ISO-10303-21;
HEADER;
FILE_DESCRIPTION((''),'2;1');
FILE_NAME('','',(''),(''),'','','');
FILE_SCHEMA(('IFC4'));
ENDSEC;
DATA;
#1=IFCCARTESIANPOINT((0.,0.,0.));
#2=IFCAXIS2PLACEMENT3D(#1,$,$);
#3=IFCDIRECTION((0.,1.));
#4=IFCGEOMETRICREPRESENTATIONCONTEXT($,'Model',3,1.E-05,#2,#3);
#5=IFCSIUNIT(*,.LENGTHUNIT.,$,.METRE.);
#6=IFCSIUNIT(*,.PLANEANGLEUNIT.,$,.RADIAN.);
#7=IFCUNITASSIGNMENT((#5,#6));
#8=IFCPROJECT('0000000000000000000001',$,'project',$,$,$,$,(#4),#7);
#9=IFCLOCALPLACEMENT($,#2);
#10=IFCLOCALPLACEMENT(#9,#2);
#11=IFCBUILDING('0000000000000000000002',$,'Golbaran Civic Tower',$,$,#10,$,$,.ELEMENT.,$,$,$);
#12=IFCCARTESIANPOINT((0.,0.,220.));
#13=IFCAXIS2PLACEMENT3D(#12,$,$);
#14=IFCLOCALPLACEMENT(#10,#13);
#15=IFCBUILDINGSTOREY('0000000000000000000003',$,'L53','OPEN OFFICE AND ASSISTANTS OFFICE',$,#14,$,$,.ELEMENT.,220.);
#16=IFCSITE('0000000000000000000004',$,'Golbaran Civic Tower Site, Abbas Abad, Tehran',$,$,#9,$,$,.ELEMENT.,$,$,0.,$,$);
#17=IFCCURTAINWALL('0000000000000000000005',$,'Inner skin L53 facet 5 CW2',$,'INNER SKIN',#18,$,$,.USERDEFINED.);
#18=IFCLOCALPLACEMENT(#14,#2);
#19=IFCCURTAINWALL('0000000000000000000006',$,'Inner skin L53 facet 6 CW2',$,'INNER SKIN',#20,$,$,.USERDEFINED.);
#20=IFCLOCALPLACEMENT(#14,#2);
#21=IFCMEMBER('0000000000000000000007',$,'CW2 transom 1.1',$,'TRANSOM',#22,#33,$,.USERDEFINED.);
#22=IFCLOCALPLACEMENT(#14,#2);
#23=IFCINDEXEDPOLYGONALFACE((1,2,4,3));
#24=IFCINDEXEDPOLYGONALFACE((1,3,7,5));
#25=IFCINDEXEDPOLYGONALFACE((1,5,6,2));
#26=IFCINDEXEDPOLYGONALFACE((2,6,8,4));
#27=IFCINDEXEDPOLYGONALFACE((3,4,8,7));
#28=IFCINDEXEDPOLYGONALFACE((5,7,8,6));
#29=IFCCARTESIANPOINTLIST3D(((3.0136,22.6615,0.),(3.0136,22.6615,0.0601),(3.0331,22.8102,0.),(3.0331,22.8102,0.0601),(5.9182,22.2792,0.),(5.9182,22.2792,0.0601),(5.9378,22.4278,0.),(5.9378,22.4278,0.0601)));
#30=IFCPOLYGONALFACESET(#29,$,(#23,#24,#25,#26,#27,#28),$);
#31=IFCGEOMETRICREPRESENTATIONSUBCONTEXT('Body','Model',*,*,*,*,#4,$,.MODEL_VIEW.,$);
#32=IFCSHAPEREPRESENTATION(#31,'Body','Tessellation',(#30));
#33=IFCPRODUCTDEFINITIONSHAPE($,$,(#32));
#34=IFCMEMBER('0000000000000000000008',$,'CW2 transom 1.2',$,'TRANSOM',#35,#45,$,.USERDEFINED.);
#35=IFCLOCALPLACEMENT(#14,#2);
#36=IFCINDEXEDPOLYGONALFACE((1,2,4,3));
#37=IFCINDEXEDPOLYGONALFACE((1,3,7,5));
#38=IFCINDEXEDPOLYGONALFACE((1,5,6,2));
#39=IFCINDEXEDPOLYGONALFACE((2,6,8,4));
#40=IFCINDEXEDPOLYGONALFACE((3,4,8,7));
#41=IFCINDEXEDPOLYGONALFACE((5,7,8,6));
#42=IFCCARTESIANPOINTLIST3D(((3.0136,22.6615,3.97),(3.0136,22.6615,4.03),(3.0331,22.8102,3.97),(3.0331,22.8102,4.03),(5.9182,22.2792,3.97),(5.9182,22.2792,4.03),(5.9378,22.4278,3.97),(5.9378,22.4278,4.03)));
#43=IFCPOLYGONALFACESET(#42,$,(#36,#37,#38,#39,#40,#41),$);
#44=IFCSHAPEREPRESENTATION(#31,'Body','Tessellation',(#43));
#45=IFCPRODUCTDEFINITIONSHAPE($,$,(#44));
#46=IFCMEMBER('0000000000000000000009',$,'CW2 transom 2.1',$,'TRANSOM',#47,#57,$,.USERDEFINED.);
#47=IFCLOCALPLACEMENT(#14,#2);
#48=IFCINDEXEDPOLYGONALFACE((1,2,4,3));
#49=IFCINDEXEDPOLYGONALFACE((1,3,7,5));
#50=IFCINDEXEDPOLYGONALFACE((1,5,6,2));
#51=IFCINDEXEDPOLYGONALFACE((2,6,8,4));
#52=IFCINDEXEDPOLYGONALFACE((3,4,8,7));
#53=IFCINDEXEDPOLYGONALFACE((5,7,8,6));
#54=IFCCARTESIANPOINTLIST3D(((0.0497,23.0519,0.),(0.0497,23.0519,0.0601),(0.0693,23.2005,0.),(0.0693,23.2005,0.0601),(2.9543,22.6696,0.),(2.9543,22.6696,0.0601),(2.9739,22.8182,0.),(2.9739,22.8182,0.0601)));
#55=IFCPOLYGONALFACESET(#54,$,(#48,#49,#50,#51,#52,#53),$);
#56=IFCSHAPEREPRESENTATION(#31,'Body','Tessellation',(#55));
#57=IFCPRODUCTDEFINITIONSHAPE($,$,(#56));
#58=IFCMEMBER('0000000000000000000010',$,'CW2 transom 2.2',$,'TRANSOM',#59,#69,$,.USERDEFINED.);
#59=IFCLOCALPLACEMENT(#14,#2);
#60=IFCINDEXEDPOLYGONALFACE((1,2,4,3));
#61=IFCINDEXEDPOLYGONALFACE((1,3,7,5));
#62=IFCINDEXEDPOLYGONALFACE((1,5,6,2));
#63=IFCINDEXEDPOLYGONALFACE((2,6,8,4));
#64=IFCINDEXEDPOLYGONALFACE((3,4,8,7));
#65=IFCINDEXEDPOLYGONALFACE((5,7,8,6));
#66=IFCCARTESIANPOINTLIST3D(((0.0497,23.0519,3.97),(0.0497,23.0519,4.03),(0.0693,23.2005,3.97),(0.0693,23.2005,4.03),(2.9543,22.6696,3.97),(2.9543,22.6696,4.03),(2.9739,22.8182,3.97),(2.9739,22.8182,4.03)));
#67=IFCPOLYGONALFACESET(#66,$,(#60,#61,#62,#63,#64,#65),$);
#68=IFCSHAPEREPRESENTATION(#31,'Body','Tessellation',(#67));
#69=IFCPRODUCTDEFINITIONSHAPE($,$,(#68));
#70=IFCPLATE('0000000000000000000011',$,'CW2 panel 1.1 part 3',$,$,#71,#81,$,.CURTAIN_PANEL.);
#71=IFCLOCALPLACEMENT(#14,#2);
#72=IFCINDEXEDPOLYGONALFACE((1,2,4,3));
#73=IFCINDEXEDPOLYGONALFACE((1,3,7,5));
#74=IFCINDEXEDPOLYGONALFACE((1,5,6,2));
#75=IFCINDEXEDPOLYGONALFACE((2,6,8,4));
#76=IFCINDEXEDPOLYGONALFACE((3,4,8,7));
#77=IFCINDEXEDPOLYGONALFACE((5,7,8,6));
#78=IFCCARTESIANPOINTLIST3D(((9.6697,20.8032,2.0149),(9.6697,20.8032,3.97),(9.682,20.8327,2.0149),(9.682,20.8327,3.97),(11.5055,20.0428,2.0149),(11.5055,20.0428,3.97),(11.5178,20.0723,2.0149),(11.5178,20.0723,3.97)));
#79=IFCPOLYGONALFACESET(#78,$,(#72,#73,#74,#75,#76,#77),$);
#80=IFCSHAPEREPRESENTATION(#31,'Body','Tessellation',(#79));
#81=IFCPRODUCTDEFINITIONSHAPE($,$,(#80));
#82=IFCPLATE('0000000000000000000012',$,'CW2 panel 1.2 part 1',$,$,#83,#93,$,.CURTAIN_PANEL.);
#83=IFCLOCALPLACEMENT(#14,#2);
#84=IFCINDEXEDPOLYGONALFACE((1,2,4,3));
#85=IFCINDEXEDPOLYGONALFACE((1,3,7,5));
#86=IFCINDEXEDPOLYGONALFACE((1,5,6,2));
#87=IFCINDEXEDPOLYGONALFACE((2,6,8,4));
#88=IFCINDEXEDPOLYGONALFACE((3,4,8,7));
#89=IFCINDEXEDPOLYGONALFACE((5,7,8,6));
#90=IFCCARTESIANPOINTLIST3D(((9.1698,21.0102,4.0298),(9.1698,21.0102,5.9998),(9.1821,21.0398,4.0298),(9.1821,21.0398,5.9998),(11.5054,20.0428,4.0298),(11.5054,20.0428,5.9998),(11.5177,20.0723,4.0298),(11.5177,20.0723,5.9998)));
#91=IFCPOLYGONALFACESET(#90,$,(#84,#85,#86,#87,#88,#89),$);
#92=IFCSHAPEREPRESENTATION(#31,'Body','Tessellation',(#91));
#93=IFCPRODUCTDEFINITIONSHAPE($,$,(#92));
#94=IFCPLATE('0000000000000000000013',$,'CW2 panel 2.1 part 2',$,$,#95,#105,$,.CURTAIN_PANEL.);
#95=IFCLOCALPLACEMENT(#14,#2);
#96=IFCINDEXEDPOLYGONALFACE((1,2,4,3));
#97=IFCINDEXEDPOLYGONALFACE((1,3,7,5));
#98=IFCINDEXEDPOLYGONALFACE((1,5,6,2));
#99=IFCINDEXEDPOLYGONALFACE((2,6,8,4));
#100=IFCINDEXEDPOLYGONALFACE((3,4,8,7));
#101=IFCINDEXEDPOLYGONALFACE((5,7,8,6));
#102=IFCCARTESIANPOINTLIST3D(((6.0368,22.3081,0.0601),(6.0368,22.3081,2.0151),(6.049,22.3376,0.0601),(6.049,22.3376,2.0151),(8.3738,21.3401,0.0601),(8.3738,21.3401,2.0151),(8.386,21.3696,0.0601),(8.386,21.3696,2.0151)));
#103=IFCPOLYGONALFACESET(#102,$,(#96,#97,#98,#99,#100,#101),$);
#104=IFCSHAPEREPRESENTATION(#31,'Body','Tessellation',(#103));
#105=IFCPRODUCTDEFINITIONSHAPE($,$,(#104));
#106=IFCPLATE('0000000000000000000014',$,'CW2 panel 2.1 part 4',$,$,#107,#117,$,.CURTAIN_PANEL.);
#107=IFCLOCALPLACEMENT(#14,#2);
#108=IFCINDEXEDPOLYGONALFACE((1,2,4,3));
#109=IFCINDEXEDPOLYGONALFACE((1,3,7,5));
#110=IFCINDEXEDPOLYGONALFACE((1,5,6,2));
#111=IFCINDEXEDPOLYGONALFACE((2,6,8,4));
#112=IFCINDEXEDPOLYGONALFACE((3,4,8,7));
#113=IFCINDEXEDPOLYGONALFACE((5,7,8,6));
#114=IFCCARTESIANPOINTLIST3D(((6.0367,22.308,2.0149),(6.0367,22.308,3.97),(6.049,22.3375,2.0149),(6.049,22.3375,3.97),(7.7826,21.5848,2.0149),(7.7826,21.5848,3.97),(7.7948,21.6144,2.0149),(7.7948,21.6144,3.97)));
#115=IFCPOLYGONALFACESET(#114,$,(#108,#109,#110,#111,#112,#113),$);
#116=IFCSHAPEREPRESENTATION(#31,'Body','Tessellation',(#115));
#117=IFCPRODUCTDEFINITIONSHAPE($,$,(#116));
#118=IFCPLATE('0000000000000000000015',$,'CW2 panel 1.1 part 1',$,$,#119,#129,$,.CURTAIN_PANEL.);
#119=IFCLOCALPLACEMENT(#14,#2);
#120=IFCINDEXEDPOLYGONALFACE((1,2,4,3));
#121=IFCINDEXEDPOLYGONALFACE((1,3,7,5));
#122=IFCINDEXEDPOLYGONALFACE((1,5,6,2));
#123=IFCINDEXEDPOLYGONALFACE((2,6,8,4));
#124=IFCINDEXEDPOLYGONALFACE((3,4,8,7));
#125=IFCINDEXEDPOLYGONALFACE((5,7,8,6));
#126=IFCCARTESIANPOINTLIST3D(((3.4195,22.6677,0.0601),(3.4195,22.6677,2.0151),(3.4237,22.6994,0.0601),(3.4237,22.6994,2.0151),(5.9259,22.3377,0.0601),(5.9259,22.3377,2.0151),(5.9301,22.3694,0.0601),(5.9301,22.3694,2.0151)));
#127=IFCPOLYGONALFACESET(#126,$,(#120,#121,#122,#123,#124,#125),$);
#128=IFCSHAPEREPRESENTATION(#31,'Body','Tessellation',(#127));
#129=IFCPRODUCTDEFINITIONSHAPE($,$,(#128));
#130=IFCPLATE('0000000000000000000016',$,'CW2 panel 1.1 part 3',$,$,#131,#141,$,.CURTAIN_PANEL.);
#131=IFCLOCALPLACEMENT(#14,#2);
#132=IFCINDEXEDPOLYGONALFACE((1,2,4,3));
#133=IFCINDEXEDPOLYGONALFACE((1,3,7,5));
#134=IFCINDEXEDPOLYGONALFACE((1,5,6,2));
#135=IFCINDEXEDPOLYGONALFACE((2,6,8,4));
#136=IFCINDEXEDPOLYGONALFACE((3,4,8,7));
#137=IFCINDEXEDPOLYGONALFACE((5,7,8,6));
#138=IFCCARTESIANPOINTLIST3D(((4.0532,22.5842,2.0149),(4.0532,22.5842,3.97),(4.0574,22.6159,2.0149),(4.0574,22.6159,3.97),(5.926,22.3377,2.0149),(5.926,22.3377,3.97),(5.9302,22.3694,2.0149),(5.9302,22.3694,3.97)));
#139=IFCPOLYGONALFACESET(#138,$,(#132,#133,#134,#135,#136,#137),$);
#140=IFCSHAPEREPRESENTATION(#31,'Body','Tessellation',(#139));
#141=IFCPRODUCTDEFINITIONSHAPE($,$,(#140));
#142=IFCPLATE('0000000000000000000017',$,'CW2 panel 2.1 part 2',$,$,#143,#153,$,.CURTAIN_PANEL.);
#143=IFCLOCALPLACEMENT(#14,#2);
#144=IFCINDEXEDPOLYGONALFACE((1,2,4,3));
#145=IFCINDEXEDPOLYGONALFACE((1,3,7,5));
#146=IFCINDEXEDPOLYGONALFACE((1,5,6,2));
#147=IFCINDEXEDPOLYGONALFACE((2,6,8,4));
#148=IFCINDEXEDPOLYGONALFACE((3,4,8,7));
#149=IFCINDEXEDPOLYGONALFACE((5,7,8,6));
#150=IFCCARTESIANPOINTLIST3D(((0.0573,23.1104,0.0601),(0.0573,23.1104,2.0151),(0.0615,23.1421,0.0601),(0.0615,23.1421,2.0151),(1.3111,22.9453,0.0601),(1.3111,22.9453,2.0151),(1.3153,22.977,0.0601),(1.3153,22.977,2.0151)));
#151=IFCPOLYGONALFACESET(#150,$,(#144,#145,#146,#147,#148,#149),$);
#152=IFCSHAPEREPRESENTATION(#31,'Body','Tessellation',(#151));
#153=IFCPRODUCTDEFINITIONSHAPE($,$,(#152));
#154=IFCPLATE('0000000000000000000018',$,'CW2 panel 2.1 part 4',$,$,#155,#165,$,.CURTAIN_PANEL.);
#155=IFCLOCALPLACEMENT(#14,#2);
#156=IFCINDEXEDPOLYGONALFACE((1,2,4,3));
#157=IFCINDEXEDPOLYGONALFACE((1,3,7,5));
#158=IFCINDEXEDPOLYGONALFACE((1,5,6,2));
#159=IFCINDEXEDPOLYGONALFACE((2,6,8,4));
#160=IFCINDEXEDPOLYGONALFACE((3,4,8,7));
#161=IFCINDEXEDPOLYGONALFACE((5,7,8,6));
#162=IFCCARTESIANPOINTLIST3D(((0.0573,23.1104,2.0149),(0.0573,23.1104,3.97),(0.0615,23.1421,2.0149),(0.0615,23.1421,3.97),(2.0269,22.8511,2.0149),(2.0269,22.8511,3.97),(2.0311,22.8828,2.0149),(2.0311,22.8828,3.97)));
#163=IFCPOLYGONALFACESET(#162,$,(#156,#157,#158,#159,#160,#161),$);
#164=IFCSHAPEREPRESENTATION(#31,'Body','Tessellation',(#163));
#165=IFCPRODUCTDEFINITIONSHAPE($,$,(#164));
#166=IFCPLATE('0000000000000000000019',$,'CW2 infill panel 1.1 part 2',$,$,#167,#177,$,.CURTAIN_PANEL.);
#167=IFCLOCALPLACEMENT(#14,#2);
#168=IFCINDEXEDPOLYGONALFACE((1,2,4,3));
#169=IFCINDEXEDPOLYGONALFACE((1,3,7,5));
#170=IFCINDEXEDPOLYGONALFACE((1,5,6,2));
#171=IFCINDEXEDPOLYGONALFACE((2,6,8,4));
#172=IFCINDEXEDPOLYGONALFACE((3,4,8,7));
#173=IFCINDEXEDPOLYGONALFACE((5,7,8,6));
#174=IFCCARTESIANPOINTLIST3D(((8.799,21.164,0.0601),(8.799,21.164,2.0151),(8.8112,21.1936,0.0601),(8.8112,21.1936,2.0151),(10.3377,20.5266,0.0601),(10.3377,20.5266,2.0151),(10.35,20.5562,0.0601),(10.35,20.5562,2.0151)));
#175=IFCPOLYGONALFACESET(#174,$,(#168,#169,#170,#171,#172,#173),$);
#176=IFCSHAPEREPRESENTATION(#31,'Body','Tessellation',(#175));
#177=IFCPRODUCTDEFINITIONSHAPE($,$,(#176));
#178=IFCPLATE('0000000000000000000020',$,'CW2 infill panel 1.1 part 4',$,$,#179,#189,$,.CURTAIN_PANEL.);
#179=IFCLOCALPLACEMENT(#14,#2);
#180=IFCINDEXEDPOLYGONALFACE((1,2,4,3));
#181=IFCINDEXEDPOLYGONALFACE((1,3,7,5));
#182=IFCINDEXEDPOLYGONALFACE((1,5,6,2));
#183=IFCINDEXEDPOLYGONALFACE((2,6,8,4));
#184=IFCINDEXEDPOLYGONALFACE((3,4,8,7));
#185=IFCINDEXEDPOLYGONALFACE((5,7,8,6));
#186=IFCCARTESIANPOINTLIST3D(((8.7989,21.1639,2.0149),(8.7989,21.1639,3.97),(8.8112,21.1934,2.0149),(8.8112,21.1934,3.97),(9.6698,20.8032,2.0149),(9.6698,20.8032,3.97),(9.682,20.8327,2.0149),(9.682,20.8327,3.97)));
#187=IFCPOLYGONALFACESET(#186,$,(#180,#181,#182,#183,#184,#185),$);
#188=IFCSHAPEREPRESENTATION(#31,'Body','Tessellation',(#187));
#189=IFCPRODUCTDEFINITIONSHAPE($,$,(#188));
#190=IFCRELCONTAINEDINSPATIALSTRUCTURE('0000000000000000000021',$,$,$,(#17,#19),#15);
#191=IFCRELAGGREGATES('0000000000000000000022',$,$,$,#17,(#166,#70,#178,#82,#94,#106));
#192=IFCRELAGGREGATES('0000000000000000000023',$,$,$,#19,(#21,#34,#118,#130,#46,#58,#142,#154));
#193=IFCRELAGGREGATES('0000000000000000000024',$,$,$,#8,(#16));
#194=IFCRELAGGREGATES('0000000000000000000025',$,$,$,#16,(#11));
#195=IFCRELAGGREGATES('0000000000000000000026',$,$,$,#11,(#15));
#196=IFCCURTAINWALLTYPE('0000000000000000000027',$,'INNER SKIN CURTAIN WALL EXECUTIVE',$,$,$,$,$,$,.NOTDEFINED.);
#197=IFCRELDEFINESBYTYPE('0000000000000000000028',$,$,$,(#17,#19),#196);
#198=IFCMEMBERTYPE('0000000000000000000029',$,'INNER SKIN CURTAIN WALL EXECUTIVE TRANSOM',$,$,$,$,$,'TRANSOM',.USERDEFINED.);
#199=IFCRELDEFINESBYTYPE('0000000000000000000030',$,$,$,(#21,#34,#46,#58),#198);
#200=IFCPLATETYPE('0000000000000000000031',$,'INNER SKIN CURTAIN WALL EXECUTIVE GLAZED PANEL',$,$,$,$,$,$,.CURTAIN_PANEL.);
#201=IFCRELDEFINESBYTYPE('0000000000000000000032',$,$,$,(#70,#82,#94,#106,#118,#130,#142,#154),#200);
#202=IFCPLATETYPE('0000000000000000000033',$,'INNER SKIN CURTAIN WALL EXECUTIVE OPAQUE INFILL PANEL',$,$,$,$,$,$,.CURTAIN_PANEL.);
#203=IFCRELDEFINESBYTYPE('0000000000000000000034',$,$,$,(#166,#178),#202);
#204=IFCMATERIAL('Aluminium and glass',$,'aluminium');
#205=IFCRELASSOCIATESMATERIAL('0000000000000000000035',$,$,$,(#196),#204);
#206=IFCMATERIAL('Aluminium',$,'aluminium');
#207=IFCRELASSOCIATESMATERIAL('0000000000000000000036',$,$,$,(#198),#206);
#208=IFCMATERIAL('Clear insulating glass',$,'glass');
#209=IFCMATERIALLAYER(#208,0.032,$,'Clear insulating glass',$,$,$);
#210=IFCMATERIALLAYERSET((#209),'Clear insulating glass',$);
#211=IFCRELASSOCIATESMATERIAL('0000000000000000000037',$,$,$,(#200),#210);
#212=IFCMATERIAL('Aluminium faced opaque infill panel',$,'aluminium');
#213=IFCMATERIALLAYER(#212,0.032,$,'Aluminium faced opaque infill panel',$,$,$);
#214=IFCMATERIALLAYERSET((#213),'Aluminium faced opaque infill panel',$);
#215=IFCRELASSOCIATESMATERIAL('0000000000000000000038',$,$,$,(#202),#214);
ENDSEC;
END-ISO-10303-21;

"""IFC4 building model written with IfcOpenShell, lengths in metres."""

from ifc_helpers import new_model, si_unit, direction, frame, origin, origin_2d, place, context, subcontext, project, spatial, rectangle, extrude, material, layer, layer_set, material_profile, profile_set, type_object, element, aggregate, save


model = new_model("IFC4")

# Units and contexts
model_context = context("Model", 3, precision=1e-05, world=origin(), true_north=direction((0.0, 1.0)))
body_context = subcontext(model_context, "Body", "Model", "MODEL_VIEW")
ifc_project = project(units=[si_unit("LENGTHUNIT", "METRE"), si_unit("PLANEANGLEUNIT", "RADIAN")], contexts=[model_context])

# Site, building, storey
site_placement = place(None, origin())
site = spatial("IfcSite", under=ifc_project, at=site_placement, Name="Golbaran Civic Tower Site, Abbas Abad, Tehran", CompositionType="ELEMENT", RefElevation=0.0)
building_placement = place(site_placement, origin())
building = spatial("IfcBuilding", under=site, at=building_placement, Name="Golbaran Civic Tower", CompositionType="ELEMENT")
storey_placement = place(building_placement, frame((0.0, 0.0, 220.0)))
storey = spatial("IfcBuildingStorey", under=building, at=storey_placement, Name="L53", Description="OPEN OFFICE AND ASSISTANTS OFFICE", CompositionType="ELEMENT", Elevation=220.0)

# Curtain walls
ifc_material_1 = material(Name="Aluminium and glass", Category="aluminium")
curtain_wall_type = type_object("IfcCurtainWallType", Name="INNER SKIN CURTAIN WALL EXECUTIVE", PredefinedType="NOTDEFINED", material=ifc_material_1)
curtain_wall_1_placement = place(storey_placement, origin())
curtain_wall_1 = element("IfcCurtainWall", 1, at=curtain_wall_1_placement, inside=storey, type_object=curtain_wall_type, Name="Inner skin L53 facet 5 CW2", ObjectType="INNER SKIN", PredefinedType="USERDEFINED")
ifc_material_2 = material(Name="Aluminium", Category="aluminium")
curtain_wall_2_placement = place(storey_placement, origin())
curtain_wall_2 = element("IfcCurtainWall", 2, at=curtain_wall_2_placement, inside=storey, type_object=curtain_wall_type, Name="Inner skin L53 facet 6 CW2", ObjectType="INNER SKIN", PredefinedType="USERDEFINED")

# Members
ifc_material_profile_1 = material_profile(ifc_material_2, rectangle(XDim=0.1499, YDim=0.0601, at=origin_2d()), Name="INNER SKIN CURTAIN WALL EXECUTIVE TRANSOM")
ifc_profile_set_1 = profile_set([ifc_material_profile_1], Name="Aluminium")
member_type_1 = type_object("IfcMemberType", Name="INNER SKIN CURTAIN WALL EXECUTIVE TRANSOM", ElementType="TRANSOM", PredefinedType="USERDEFINED", material=ifc_profile_set_1)
member_1_placement = place(storey_placement, frame((5.928, 22.3535, 0.03), z_axis=(-0.991448, 0.130504, 0.0), x_axis=(-0.130504, -0.991448, 0.0)))
member_1 = element("IfcMember", 3, at=member_1_placement, type_object=member_type_1, Name="CW2 transom 1.1", ObjectType="TRANSOM", PredefinedType="USERDEFINED", context=body_context, shape_type="SweptSolid", body=[
    extrude(rectangle(XDim=0.1499, YDim=0.0601, at=origin_2d()), origin(), (0.0, 0.0, 1.0), 2.9297),
])
member_2_placement = place(storey_placement, frame((5.928, 22.3535, 4.0), z_axis=(-0.991448, 0.130504, 0.0), x_axis=(-0.130504, -0.991448, 0.0)))
member_2 = element("IfcMember", 4, at=member_2_placement, type_object=member_type_1, Name="CW2 transom 1.2", ObjectType="TRANSOM", PredefinedType="USERDEFINED", context=body_context, shape_type="SweptSolid", body=[
    extrude(rectangle(XDim=0.1499, YDim=0.0601, at=origin_2d()), origin(), (0.0, 0.0, 1.0), 2.9297),
])
member_3_placement = place(storey_placement, frame((2.9641, 22.7439, 0.03), z_axis=(-0.991448, 0.130504, 0.0), x_axis=(-0.130504, -0.991448, 0.0)))
member_3 = element("IfcMember", 5, at=member_3_placement, type_object=member_type_1, Name="CW2 transom 2.1", ObjectType="TRANSOM", PredefinedType="USERDEFINED", context=body_context, shape_type="SweptSolid", body=[
    extrude(rectangle(XDim=0.1499, YDim=0.0601, at=origin_2d()), origin(), (0.0, 0.0, 1.0), 2.9297),
])
member_4_placement = place(storey_placement, frame((2.9641, 22.7439, 4.0), z_axis=(-0.991448, 0.130504, 0.0), x_axis=(-0.130504, -0.991448, 0.0)))
member_4 = element("IfcMember", 6, at=member_4_placement, type_object=member_type_1, Name="CW2 transom 2.2", ObjectType="TRANSOM", PredefinedType="USERDEFINED", context=body_context, shape_type="SweptSolid", body=[
    extrude(rectangle(XDim=0.1499, YDim=0.0601, at=origin_2d()), origin(), (0.0, 0.0, 1.0), 2.9297),
])

# Plates
ifc_material_3 = material(Name="Clear insulating glass", Category="glass")
ifc_layer_1 = layer(ifc_material_3, 0.032, Name="Clear insulating glass")
ifc_layer_set_1 = layer_set([ifc_layer_1], Name="Clear insulating glass")
plate_type_1 = type_object("IfcPlateType", Name="INNER SKIN CURTAIN WALL EXECUTIVE GLAZED PANEL", PredefinedType="CURTAIN_PANEL", material=ifc_layer_set_1)
plate_1_placement = place(storey_placement, frame((10.5938, 20.4377, 2.0149), z_axis=(0.0, 0.0, 1.0), x_axis=(-0.92388, 0.382683, 0.0)))
plate_1 = element("IfcPlate", 7, at=plate_1_placement, type_object=plate_type_1, Name="CW2 panel 1.1 part 3", PredefinedType="CURTAIN_PANEL", context=body_context, shape_type="SweptSolid", body=[
    extrude(rectangle(XDim=1.9871, YDim=0.032, at=origin_2d()), origin(), (0.0, 0.0, 1.0), 1.9551),
])
plate_2_placement = place(storey_placement, frame((10.3438, 20.5413, 4.0298), z_axis=(0.0, 0.0, 1.0), x_axis=(-0.92388, 0.382683, 0.0)))
plate_2 = element("IfcPlate", 8, at=plate_2_placement, type_object=plate_type_1, Name="CW2 panel 1.2 part 1", PredefinedType="CURTAIN_PANEL", context=body_context, shape_type="SweptSolid", body=[
    extrude(rectangle(XDim=2.5281, YDim=0.032, at=origin_2d()), origin(), (0.0, 0.0, 1.0), 1.97),
])
plate_3_placement = place(storey_placement, frame((7.2114, 21.8389, 0.0601), z_axis=(0.0, 0.0, 1.0), x_axis=(-0.92388, 0.382683, 0.0)))
plate_3 = element("IfcPlate", 9, at=plate_3_placement, type_object=plate_type_1, Name="CW2 panel 2.1 part 2", PredefinedType="CURTAIN_PANEL", context=body_context, shape_type="SweptSolid", body=[
    extrude(rectangle(XDim=2.5295, YDim=0.032, at=origin_2d()), origin(), (0.0, 0.0, 1.0), 1.9551),
])
plate_4_placement = place(storey_placement, frame((6.9158, 21.9612, 2.0149), z_axis=(0.0, 0.0, 1.0), x_axis=(-0.92388, 0.382683, 0.0)))
plate_4 = element("IfcPlate", 10, at=plate_4_placement, type_object=plate_type_1, Name="CW2 panel 2.1 part 4", PredefinedType="CURTAIN_PANEL", context=body_context, shape_type="SweptSolid", body=[
    extrude(rectangle(XDim=1.8896, YDim=0.032, at=origin_2d()), origin(), (0.0, 0.0, 1.0), 1.9551),
])
plate_5_placement = place(storey_placement, frame((4.6748, 22.5186, 0.0601), z_axis=(0.0, 0.0, 1.0), x_axis=(-0.991445, 0.130526, 0.0)))
plate_5 = element("IfcPlate", 11, at=plate_5_placement, type_object=plate_type_1, Name="CW2 panel 1.1 part 1", PredefinedType="CURTAIN_PANEL", context=body_context, shape_type="SweptSolid", body=[
    extrude(rectangle(XDim=2.5281, YDim=0.032, at=origin_2d()), origin(), (0.0, 0.0, 1.0), 1.9551),
])
plate_6_placement = place(storey_placement, frame((4.9917, 22.4768, 2.0149), z_axis=(0.0, 0.0, 1.0), x_axis=(-0.991445, 0.130526, 0.0)))
plate_6 = element("IfcPlate", 12, at=plate_6_placement, type_object=plate_type_1, Name="CW2 panel 1.1 part 3", PredefinedType="CURTAIN_PANEL", context=body_context, shape_type="SweptSolid", body=[
    extrude(rectangle(XDim=1.8889, YDim=0.032, at=origin_2d()), origin(), (0.0, 0.0, 1.0), 1.9551),
])
plate_7_placement = place(storey_placement, frame((0.6863, 23.0437, 0.0601), z_axis=(0.0, 0.0, 1.0), x_axis=(-0.991445, 0.130526, 0.0)))
plate_7 = element("IfcPlate", 13, at=plate_7_placement, type_object=plate_type_1, Name="CW2 panel 2.1 part 2", PredefinedType="CURTAIN_PANEL", context=body_context, shape_type="SweptSolid", body=[
    extrude(rectangle(XDim=1.2646, YDim=0.032, at=origin_2d()), origin(), (0.0, 0.0, 1.0), 1.9551),
])
plate_8_placement = place(storey_placement, frame((1.0442, 22.9966, 2.0149), z_axis=(0.0, 0.0, 1.0), x_axis=(-0.991445, 0.130526, 0.0)))
plate_8 = element("IfcPlate", 14, at=plate_8_placement, type_object=plate_type_1, Name="CW2 panel 2.1 part 4", PredefinedType="CURTAIN_PANEL", context=body_context, shape_type="SweptSolid", body=[
    extrude(rectangle(XDim=1.9866, YDim=0.032, at=origin_2d()), origin(), (0.0, 0.0, 1.0), 1.9551),
])
ifc_material_4 = material(Name="Aluminium faced opaque infill panel", Category="aluminium")
ifc_layer_2 = layer(ifc_material_4, 0.032, Name="Aluminium faced opaque infill panel")
ifc_layer_set_2 = layer_set([ifc_layer_2], Name="Aluminium faced opaque infill panel")
plate_type_2 = type_object("IfcPlateType", Name="INNER SKIN CURTAIN WALL EXECUTIVE OPAQUE INFILL PANEL", PredefinedType="CURTAIN_PANEL", material=ifc_layer_set_2)
plate_9_placement = place(storey_placement, frame((9.5745, 20.8601, 0.0601), z_axis=(0.0, 0.0, 1.0), x_axis=(-0.92388, 0.382683, 0.0)))
plate_9 = element("IfcPlate", 15, at=plate_9_placement, type_object=plate_type_2, Name="CW2 infill panel 1.1 part 2", PredefinedType="CURTAIN_PANEL", context=body_context, shape_type="SweptSolid", body=[
    extrude(rectangle(XDim=1.6655, YDim=0.032, at=origin_2d()), origin(), (0.0, 0.0, 1.0), 1.9551),
])
plate_10_placement = place(storey_placement, frame((9.2405, 20.9983, 2.0149), z_axis=(0.0, 0.0, 1.0), x_axis=(-0.92388, 0.382683, 0.0)))
plate_10 = element("IfcPlate", 16, at=plate_10_placement, type_object=plate_type_2, Name="CW2 infill panel 1.1 part 4", PredefinedType="CURTAIN_PANEL", context=body_context, shape_type="SweptSolid", body=[
    extrude(rectangle(XDim=0.9426, YDim=0.032, at=origin_2d()), origin(), (0.0, 0.0, 1.0), 1.9551),
])
aggregate(curtain_wall_1, [plate_9, plate_1, plate_10, plate_2, plate_3, plate_4])
aggregate(curtain_wall_2, [member_1, member_2, plate_5, plate_6, member_3, member_4, plate_7, plate_8])

save(model, "model.ifc")
